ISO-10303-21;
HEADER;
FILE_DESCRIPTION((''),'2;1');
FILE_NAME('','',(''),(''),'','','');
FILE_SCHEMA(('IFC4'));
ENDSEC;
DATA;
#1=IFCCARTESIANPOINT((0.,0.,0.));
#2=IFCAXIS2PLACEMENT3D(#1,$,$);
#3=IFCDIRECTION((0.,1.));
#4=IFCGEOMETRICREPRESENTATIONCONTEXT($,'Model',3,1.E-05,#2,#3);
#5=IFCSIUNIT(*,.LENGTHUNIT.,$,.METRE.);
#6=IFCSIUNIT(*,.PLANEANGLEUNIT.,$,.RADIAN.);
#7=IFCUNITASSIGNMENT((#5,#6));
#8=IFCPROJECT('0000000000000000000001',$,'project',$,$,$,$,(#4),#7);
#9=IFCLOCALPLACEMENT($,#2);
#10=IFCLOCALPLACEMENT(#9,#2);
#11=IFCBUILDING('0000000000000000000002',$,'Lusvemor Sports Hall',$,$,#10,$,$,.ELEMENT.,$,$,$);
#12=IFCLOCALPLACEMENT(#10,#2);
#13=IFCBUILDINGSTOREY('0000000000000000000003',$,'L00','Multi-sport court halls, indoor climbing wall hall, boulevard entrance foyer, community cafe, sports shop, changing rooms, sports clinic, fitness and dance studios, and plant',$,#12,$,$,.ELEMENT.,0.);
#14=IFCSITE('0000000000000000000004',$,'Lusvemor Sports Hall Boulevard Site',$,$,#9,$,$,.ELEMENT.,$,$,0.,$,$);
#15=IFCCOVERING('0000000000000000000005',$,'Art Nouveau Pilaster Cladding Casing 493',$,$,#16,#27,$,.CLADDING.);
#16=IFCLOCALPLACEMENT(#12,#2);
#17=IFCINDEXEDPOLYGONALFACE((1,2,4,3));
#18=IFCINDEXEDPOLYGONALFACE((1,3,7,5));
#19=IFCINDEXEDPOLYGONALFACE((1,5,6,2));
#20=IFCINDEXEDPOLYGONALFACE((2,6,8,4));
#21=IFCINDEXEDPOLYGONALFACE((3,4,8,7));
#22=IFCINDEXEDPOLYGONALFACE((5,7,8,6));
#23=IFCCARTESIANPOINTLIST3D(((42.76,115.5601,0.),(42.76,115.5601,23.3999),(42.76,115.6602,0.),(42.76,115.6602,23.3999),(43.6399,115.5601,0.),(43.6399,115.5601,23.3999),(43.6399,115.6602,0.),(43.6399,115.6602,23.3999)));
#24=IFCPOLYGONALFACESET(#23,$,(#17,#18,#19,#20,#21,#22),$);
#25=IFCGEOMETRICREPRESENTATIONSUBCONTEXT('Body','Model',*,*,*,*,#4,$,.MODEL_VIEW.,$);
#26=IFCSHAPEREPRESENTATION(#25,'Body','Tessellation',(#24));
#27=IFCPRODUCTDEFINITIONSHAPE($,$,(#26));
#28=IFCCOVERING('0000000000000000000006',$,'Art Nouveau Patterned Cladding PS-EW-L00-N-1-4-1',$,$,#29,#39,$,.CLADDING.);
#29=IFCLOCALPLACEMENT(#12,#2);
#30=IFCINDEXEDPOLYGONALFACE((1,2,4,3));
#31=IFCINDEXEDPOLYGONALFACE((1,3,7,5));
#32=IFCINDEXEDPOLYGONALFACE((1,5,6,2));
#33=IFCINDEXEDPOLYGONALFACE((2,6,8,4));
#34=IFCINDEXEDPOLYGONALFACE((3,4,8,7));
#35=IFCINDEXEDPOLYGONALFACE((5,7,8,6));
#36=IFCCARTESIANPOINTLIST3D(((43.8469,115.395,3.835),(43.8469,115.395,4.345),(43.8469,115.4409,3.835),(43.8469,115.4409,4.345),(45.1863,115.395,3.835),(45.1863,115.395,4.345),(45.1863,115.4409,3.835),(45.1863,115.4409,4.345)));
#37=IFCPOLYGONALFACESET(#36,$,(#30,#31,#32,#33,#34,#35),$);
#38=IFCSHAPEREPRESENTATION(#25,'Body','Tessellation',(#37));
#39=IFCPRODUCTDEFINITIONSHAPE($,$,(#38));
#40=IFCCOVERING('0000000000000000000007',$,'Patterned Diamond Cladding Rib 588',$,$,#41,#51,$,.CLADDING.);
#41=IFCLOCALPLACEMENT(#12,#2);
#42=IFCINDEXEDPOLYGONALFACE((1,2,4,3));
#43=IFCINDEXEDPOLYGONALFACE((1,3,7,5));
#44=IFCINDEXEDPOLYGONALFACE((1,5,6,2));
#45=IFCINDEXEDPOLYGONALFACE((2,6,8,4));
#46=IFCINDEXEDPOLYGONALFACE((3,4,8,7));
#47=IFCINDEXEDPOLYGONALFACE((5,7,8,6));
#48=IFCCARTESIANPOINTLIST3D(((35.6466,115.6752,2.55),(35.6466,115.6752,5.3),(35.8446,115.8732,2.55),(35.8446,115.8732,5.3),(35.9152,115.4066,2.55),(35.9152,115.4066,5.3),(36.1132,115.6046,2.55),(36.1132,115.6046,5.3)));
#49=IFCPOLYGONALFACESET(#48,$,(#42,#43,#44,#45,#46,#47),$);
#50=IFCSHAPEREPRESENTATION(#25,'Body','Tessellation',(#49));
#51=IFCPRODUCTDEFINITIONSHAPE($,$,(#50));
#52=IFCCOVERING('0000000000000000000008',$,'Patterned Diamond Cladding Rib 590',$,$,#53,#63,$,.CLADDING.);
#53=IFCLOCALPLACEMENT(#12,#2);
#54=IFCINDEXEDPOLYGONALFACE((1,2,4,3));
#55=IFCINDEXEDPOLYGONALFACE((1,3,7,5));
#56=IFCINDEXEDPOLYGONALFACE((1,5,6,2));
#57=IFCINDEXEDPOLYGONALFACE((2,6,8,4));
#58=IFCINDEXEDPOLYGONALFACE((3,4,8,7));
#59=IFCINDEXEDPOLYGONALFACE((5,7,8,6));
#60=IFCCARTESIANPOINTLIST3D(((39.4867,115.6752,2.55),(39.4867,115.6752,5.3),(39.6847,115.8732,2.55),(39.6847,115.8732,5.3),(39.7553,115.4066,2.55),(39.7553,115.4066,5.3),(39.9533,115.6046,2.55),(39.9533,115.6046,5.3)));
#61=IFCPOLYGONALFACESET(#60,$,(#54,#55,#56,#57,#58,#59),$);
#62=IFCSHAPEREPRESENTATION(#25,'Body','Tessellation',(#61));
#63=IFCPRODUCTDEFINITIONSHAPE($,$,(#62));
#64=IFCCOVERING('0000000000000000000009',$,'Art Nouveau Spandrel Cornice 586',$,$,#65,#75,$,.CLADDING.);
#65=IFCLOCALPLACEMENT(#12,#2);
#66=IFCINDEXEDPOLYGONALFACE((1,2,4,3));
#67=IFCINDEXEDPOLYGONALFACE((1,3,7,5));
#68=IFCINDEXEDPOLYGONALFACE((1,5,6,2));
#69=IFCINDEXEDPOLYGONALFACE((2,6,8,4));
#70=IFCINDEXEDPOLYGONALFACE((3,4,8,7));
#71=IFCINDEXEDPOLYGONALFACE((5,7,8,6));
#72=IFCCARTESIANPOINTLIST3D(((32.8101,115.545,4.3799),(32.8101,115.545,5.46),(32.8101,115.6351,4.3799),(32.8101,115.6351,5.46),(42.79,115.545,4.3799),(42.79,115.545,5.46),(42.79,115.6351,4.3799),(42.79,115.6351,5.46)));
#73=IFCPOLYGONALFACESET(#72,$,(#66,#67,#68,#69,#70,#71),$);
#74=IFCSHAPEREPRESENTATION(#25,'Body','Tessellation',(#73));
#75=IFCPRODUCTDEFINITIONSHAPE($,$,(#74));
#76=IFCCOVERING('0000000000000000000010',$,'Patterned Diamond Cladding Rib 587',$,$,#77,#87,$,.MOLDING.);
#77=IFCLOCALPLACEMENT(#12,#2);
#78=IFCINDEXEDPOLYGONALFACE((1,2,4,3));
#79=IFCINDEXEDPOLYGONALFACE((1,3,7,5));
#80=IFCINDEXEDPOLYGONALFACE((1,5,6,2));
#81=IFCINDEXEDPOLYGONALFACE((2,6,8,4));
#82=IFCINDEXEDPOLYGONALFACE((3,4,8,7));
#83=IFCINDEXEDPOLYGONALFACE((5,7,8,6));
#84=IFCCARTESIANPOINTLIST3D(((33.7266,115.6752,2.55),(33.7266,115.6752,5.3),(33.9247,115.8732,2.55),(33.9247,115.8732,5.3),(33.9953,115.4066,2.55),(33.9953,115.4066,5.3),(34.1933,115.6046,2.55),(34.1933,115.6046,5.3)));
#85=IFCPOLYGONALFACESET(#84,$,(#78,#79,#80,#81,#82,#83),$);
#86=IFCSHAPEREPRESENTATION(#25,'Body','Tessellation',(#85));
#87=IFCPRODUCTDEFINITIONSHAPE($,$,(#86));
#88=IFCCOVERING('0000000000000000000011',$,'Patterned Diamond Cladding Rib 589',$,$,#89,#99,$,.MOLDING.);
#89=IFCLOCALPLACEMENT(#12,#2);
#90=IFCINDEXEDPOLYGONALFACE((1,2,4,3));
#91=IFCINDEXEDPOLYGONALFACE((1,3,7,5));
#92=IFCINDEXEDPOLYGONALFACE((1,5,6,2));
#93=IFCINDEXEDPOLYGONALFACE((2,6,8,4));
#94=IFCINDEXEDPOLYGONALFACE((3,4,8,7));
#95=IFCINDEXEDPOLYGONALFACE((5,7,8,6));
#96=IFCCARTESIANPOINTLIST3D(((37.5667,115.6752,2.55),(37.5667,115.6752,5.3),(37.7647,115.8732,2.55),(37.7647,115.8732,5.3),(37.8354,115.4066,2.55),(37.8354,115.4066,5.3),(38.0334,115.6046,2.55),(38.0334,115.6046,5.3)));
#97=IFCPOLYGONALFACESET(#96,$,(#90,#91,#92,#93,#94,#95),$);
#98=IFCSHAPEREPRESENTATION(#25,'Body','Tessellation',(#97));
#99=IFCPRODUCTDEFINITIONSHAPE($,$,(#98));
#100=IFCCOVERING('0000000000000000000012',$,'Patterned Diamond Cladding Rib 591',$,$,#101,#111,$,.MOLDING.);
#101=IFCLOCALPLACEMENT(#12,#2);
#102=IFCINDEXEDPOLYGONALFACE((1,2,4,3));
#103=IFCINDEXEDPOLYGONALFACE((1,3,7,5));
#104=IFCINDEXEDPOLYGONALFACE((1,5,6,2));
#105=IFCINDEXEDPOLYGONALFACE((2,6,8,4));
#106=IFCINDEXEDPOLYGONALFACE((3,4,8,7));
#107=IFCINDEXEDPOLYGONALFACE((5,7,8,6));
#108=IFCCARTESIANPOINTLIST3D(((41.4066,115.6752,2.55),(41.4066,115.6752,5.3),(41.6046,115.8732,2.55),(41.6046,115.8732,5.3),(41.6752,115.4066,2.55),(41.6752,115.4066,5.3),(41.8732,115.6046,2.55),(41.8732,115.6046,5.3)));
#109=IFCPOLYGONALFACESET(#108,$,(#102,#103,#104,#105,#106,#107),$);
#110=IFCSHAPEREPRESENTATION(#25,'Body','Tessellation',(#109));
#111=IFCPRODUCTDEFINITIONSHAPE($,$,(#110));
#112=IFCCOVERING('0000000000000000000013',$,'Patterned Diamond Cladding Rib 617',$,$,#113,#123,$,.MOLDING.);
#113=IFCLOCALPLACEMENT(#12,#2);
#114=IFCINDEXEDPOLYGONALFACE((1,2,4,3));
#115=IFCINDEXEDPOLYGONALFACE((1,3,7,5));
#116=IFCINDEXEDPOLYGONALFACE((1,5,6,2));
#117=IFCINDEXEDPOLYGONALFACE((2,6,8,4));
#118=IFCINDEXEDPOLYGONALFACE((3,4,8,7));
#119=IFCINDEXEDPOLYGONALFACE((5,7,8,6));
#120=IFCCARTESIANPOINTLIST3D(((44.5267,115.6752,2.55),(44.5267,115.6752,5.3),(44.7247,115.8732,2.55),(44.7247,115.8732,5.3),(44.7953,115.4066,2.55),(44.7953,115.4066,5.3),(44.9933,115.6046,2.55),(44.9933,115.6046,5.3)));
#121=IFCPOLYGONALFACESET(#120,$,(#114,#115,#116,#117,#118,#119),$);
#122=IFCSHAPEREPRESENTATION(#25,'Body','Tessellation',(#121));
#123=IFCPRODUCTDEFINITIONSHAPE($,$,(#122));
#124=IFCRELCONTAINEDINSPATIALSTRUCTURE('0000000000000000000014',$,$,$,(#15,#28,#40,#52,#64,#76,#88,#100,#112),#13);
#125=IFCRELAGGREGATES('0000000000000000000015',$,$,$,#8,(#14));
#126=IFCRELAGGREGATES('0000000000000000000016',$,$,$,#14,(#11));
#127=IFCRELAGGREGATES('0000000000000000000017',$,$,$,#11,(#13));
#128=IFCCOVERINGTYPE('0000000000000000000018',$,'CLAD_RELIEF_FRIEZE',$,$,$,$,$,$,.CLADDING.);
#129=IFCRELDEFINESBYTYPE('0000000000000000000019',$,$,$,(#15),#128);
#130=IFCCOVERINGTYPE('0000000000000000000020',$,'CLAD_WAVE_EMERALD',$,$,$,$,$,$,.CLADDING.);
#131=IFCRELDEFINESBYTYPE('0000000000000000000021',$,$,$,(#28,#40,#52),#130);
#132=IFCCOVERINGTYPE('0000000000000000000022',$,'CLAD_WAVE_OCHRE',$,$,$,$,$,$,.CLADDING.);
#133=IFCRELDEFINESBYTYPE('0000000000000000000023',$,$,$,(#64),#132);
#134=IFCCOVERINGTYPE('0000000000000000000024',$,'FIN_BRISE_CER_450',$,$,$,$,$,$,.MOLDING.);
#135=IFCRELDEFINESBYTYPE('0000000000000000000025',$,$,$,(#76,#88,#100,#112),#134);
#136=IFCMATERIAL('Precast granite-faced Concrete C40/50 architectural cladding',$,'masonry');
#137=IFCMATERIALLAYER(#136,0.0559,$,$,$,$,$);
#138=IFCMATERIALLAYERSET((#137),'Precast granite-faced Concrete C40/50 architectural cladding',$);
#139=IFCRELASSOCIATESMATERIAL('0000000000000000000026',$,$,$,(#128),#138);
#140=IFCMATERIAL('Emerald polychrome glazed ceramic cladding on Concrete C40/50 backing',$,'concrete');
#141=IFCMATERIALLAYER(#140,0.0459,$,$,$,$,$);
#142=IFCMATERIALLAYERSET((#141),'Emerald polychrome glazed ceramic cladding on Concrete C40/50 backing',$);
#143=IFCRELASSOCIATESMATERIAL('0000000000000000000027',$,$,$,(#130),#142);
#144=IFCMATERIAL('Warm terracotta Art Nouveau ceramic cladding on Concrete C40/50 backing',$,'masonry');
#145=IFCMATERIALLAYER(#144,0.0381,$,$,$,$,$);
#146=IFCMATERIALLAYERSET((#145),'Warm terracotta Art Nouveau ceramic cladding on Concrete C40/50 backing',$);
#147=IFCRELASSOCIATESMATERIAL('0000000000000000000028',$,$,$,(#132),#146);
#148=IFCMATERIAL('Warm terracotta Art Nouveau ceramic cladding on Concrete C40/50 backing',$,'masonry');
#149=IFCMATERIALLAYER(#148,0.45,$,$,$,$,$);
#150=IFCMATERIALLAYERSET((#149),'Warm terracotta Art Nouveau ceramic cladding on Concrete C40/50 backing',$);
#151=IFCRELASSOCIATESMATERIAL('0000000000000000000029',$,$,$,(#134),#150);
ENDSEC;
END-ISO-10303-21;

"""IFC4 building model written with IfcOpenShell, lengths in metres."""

from ifc_helpers import new_model, si_unit, direction, frame, origin, origin_2d, place, context, subcontext, project, spatial, rectangle, extrude, material, layer, layer_set, type_object, element, save


model = new_model("IFC4")

# Units and contexts
model_context = context("Model", 3, precision=1e-05, world=origin(), true_north=direction((0.0, 1.0)))
body_context = subcontext(model_context, "Body", "Model", "MODEL_VIEW")
ifc_project = project(units=[si_unit("LENGTHUNIT", "METRE"), si_unit("PLANEANGLEUNIT", "RADIAN")], contexts=[model_context])

# Site, building, storey
site_placement = place(None, origin())
site = spatial("IfcSite", under=ifc_project, at=site_placement, Name="Lusvemor Sports Hall Boulevard Site", CompositionType="ELEMENT", RefElevation=0.0)
building_placement = place(site_placement, origin())
building = spatial("IfcBuilding", under=site, at=building_placement, Name="Lusvemor Sports Hall", CompositionType="ELEMENT")
storey_placement = place(building_placement, origin())
storey = spatial("IfcBuildingStorey", under=building, at=storey_placement, Name="L00", Description="Multi-sport court halls, indoor climbing wall hall, boulevard entrance foyer, community cafe, sports shop, changing rooms, sports clinic, fitness and dance studios, and plant", CompositionType="ELEMENT", Elevation=0.0)

# Coverings
ifc_material_1 = material(Name="Precast granite-faced Concrete C40/50 architectural cladding", Category="masonry")
ifc_layer_1 = layer(ifc_material_1, 0.0559)
ifc_layer_set_1 = layer_set([ifc_layer_1], Name="Precast granite-faced Concrete C40/50 architectural cladding")
covering_type_1 = type_object("IfcCoveringType", Name="CLAD_RELIEF_FRIEZE", PredefinedType="CLADDING", material=ifc_layer_set_1)
covering_1_placement = place(storey_placement, frame((43.2, 115.6101, 0.0), z_axis=(0.0, 0.0, 1.0), x_axis=(1.0, 0.0, 0.0)))
element("IfcCovering", 1, at=covering_1_placement, inside=storey, type_object=covering_type_1, Name="Art Nouveau Pilaster Cladding Casing 493", PredefinedType="CLADDING", context=body_context, shape_type="SweptSolid", body=[
    extrude(rectangle(XDim=0.8799, YDim=0.1001, at=origin_2d()), origin(), (0.0, 0.0, 1.0), 23.3999),
])
ifc_material_2 = material(Name="Emerald polychrome glazed ceramic cladding on Concrete C40/50 backing", Category="concrete")
ifc_layer_2 = layer(ifc_material_2, 0.0459)
ifc_layer_set_2 = layer_set([ifc_layer_2], Name="Emerald polychrome glazed ceramic cladding on Concrete C40/50 backing")
covering_type_2 = type_object("IfcCoveringType", Name="CLAD_WAVE_EMERALD", PredefinedType="CLADDING", material=ifc_layer_set_2)
covering_2_placement = place(storey_placement, frame((44.5166, 115.418, 3.835), z_axis=(0.0, 0.0, 1.0), x_axis=(1.0, 0.0, 0.0)))
element("IfcCovering", 2, at=covering_2_placement, inside=storey, type_object=covering_type_2, Name="Art Nouveau Patterned Cladding PS-EW-L00-N-1-4-1", PredefinedType="CLADDING", context=body_context, shape_type="SweptSolid", body=[
    extrude(rectangle(XDim=1.3394, YDim=0.0459, at=origin_2d()), origin(), (0.0, 0.0, 1.0), 0.51),
])
for number, where, z_axis, x_axis, name in (
    (3, (35.8799, 115.6399, 2.55), (0.0, 0.0, 1.0), (0.707107, 0.707107, 0.0), "Patterned Diamond Cladding Rib 588"),
    (4, (39.72, 115.6399, 2.55), (0.0, 0.0, 1.0), (0.707107, 0.707107, 0.0), "Patterned Diamond Cladding Rib 590"),
):
    element("IfcCovering", number, at=place(storey_placement, frame(where, z_axis=z_axis, x_axis=x_axis)), inside=storey, type_object=covering_type_2, Name=name, PredefinedType="CLADDING", context=body_context, shape_type="SweptSolid", body=[
        extrude(rectangle(XDim=0.28, YDim=0.3799, at=origin_2d()), origin(), (0.0, 0.0, 1.0), 2.75),
    ])
ifc_material_3 = material(Name="Warm terracotta Art Nouveau ceramic cladding on Concrete C40/50 backing", Category="masonry")
ifc_layer_3 = layer(ifc_material_3, 0.0381)
ifc_layer_set_3 = layer_set([ifc_layer_3], Name="Warm terracotta Art Nouveau ceramic cladding on Concrete C40/50 backing")
covering_type_3 = type_object("IfcCoveringType", Name="CLAD_WAVE_OCHRE", PredefinedType="CLADDING", material=ifc_layer_set_3)
covering_3_placement = place(storey_placement, frame((37.8, 115.5901, 4.3799), z_axis=(0.0, 0.0, 1.0), x_axis=(1.0, 0.0, 0.0)))
element("IfcCovering", 5, at=covering_3_placement, inside=storey, type_object=covering_type_3, Name="Art Nouveau Spandrel Cornice 586", PredefinedType="CLADDING", context=body_context, shape_type="SweptSolid", body=[
    extrude(rectangle(XDim=9.98, YDim=0.0901, at=origin_2d()), origin(), (0.0, 0.0, 1.0), 1.0801),
])
ifc_material_4 = material(Name="Warm terracotta Art Nouveau ceramic cladding on Concrete C40/50 backing", Category="masonry")
ifc_layer_4 = layer(ifc_material_4, 0.45)
ifc_layer_set_4 = layer_set([ifc_layer_4], Name="Warm terracotta Art Nouveau ceramic cladding on Concrete C40/50 backing")
covering_type_4 = type_object("IfcCoveringType", Name="FIN_BRISE_CER_450", PredefinedType="MOLDING", material=ifc_layer_set_4)
for number, where, z_axis, x_axis, name in (
    (6, (33.96, 115.6399, 2.55), (0.0, 0.0, 1.0), (0.707107, 0.707107, 0.0), "Patterned Diamond Cladding Rib 587"),
    (7, (37.8, 115.6399, 2.55), (0.0, 0.0, 1.0), (0.707107, 0.707107, 0.0), "Patterned Diamond Cladding Rib 589"),
    (8, (41.6399, 115.6399, 2.55), (0.0, 0.0, 1.0), (0.707107, 0.707107, 0.0), "Patterned Diamond Cladding Rib 591"),
    (9, (44.76, 115.6399, 2.55), (0.0, 0.0, 1.0), (0.707107, 0.707107, 0.0), "Patterned Diamond Cladding Rib 617"),
):
    element("IfcCovering", number, at=place(storey_placement, frame(where, z_axis=z_axis, x_axis=x_axis)), inside=storey, type_object=covering_type_4, Name=name, PredefinedType="MOLDING", context=body_context, shape_type="SweptSolid", body=[
        extrude(rectangle(XDim=0.28, YDim=0.3799, at=origin_2d()), origin(), (0.0, 0.0, 1.0), 2.75),
    ])

save(model, "model.ifc")
